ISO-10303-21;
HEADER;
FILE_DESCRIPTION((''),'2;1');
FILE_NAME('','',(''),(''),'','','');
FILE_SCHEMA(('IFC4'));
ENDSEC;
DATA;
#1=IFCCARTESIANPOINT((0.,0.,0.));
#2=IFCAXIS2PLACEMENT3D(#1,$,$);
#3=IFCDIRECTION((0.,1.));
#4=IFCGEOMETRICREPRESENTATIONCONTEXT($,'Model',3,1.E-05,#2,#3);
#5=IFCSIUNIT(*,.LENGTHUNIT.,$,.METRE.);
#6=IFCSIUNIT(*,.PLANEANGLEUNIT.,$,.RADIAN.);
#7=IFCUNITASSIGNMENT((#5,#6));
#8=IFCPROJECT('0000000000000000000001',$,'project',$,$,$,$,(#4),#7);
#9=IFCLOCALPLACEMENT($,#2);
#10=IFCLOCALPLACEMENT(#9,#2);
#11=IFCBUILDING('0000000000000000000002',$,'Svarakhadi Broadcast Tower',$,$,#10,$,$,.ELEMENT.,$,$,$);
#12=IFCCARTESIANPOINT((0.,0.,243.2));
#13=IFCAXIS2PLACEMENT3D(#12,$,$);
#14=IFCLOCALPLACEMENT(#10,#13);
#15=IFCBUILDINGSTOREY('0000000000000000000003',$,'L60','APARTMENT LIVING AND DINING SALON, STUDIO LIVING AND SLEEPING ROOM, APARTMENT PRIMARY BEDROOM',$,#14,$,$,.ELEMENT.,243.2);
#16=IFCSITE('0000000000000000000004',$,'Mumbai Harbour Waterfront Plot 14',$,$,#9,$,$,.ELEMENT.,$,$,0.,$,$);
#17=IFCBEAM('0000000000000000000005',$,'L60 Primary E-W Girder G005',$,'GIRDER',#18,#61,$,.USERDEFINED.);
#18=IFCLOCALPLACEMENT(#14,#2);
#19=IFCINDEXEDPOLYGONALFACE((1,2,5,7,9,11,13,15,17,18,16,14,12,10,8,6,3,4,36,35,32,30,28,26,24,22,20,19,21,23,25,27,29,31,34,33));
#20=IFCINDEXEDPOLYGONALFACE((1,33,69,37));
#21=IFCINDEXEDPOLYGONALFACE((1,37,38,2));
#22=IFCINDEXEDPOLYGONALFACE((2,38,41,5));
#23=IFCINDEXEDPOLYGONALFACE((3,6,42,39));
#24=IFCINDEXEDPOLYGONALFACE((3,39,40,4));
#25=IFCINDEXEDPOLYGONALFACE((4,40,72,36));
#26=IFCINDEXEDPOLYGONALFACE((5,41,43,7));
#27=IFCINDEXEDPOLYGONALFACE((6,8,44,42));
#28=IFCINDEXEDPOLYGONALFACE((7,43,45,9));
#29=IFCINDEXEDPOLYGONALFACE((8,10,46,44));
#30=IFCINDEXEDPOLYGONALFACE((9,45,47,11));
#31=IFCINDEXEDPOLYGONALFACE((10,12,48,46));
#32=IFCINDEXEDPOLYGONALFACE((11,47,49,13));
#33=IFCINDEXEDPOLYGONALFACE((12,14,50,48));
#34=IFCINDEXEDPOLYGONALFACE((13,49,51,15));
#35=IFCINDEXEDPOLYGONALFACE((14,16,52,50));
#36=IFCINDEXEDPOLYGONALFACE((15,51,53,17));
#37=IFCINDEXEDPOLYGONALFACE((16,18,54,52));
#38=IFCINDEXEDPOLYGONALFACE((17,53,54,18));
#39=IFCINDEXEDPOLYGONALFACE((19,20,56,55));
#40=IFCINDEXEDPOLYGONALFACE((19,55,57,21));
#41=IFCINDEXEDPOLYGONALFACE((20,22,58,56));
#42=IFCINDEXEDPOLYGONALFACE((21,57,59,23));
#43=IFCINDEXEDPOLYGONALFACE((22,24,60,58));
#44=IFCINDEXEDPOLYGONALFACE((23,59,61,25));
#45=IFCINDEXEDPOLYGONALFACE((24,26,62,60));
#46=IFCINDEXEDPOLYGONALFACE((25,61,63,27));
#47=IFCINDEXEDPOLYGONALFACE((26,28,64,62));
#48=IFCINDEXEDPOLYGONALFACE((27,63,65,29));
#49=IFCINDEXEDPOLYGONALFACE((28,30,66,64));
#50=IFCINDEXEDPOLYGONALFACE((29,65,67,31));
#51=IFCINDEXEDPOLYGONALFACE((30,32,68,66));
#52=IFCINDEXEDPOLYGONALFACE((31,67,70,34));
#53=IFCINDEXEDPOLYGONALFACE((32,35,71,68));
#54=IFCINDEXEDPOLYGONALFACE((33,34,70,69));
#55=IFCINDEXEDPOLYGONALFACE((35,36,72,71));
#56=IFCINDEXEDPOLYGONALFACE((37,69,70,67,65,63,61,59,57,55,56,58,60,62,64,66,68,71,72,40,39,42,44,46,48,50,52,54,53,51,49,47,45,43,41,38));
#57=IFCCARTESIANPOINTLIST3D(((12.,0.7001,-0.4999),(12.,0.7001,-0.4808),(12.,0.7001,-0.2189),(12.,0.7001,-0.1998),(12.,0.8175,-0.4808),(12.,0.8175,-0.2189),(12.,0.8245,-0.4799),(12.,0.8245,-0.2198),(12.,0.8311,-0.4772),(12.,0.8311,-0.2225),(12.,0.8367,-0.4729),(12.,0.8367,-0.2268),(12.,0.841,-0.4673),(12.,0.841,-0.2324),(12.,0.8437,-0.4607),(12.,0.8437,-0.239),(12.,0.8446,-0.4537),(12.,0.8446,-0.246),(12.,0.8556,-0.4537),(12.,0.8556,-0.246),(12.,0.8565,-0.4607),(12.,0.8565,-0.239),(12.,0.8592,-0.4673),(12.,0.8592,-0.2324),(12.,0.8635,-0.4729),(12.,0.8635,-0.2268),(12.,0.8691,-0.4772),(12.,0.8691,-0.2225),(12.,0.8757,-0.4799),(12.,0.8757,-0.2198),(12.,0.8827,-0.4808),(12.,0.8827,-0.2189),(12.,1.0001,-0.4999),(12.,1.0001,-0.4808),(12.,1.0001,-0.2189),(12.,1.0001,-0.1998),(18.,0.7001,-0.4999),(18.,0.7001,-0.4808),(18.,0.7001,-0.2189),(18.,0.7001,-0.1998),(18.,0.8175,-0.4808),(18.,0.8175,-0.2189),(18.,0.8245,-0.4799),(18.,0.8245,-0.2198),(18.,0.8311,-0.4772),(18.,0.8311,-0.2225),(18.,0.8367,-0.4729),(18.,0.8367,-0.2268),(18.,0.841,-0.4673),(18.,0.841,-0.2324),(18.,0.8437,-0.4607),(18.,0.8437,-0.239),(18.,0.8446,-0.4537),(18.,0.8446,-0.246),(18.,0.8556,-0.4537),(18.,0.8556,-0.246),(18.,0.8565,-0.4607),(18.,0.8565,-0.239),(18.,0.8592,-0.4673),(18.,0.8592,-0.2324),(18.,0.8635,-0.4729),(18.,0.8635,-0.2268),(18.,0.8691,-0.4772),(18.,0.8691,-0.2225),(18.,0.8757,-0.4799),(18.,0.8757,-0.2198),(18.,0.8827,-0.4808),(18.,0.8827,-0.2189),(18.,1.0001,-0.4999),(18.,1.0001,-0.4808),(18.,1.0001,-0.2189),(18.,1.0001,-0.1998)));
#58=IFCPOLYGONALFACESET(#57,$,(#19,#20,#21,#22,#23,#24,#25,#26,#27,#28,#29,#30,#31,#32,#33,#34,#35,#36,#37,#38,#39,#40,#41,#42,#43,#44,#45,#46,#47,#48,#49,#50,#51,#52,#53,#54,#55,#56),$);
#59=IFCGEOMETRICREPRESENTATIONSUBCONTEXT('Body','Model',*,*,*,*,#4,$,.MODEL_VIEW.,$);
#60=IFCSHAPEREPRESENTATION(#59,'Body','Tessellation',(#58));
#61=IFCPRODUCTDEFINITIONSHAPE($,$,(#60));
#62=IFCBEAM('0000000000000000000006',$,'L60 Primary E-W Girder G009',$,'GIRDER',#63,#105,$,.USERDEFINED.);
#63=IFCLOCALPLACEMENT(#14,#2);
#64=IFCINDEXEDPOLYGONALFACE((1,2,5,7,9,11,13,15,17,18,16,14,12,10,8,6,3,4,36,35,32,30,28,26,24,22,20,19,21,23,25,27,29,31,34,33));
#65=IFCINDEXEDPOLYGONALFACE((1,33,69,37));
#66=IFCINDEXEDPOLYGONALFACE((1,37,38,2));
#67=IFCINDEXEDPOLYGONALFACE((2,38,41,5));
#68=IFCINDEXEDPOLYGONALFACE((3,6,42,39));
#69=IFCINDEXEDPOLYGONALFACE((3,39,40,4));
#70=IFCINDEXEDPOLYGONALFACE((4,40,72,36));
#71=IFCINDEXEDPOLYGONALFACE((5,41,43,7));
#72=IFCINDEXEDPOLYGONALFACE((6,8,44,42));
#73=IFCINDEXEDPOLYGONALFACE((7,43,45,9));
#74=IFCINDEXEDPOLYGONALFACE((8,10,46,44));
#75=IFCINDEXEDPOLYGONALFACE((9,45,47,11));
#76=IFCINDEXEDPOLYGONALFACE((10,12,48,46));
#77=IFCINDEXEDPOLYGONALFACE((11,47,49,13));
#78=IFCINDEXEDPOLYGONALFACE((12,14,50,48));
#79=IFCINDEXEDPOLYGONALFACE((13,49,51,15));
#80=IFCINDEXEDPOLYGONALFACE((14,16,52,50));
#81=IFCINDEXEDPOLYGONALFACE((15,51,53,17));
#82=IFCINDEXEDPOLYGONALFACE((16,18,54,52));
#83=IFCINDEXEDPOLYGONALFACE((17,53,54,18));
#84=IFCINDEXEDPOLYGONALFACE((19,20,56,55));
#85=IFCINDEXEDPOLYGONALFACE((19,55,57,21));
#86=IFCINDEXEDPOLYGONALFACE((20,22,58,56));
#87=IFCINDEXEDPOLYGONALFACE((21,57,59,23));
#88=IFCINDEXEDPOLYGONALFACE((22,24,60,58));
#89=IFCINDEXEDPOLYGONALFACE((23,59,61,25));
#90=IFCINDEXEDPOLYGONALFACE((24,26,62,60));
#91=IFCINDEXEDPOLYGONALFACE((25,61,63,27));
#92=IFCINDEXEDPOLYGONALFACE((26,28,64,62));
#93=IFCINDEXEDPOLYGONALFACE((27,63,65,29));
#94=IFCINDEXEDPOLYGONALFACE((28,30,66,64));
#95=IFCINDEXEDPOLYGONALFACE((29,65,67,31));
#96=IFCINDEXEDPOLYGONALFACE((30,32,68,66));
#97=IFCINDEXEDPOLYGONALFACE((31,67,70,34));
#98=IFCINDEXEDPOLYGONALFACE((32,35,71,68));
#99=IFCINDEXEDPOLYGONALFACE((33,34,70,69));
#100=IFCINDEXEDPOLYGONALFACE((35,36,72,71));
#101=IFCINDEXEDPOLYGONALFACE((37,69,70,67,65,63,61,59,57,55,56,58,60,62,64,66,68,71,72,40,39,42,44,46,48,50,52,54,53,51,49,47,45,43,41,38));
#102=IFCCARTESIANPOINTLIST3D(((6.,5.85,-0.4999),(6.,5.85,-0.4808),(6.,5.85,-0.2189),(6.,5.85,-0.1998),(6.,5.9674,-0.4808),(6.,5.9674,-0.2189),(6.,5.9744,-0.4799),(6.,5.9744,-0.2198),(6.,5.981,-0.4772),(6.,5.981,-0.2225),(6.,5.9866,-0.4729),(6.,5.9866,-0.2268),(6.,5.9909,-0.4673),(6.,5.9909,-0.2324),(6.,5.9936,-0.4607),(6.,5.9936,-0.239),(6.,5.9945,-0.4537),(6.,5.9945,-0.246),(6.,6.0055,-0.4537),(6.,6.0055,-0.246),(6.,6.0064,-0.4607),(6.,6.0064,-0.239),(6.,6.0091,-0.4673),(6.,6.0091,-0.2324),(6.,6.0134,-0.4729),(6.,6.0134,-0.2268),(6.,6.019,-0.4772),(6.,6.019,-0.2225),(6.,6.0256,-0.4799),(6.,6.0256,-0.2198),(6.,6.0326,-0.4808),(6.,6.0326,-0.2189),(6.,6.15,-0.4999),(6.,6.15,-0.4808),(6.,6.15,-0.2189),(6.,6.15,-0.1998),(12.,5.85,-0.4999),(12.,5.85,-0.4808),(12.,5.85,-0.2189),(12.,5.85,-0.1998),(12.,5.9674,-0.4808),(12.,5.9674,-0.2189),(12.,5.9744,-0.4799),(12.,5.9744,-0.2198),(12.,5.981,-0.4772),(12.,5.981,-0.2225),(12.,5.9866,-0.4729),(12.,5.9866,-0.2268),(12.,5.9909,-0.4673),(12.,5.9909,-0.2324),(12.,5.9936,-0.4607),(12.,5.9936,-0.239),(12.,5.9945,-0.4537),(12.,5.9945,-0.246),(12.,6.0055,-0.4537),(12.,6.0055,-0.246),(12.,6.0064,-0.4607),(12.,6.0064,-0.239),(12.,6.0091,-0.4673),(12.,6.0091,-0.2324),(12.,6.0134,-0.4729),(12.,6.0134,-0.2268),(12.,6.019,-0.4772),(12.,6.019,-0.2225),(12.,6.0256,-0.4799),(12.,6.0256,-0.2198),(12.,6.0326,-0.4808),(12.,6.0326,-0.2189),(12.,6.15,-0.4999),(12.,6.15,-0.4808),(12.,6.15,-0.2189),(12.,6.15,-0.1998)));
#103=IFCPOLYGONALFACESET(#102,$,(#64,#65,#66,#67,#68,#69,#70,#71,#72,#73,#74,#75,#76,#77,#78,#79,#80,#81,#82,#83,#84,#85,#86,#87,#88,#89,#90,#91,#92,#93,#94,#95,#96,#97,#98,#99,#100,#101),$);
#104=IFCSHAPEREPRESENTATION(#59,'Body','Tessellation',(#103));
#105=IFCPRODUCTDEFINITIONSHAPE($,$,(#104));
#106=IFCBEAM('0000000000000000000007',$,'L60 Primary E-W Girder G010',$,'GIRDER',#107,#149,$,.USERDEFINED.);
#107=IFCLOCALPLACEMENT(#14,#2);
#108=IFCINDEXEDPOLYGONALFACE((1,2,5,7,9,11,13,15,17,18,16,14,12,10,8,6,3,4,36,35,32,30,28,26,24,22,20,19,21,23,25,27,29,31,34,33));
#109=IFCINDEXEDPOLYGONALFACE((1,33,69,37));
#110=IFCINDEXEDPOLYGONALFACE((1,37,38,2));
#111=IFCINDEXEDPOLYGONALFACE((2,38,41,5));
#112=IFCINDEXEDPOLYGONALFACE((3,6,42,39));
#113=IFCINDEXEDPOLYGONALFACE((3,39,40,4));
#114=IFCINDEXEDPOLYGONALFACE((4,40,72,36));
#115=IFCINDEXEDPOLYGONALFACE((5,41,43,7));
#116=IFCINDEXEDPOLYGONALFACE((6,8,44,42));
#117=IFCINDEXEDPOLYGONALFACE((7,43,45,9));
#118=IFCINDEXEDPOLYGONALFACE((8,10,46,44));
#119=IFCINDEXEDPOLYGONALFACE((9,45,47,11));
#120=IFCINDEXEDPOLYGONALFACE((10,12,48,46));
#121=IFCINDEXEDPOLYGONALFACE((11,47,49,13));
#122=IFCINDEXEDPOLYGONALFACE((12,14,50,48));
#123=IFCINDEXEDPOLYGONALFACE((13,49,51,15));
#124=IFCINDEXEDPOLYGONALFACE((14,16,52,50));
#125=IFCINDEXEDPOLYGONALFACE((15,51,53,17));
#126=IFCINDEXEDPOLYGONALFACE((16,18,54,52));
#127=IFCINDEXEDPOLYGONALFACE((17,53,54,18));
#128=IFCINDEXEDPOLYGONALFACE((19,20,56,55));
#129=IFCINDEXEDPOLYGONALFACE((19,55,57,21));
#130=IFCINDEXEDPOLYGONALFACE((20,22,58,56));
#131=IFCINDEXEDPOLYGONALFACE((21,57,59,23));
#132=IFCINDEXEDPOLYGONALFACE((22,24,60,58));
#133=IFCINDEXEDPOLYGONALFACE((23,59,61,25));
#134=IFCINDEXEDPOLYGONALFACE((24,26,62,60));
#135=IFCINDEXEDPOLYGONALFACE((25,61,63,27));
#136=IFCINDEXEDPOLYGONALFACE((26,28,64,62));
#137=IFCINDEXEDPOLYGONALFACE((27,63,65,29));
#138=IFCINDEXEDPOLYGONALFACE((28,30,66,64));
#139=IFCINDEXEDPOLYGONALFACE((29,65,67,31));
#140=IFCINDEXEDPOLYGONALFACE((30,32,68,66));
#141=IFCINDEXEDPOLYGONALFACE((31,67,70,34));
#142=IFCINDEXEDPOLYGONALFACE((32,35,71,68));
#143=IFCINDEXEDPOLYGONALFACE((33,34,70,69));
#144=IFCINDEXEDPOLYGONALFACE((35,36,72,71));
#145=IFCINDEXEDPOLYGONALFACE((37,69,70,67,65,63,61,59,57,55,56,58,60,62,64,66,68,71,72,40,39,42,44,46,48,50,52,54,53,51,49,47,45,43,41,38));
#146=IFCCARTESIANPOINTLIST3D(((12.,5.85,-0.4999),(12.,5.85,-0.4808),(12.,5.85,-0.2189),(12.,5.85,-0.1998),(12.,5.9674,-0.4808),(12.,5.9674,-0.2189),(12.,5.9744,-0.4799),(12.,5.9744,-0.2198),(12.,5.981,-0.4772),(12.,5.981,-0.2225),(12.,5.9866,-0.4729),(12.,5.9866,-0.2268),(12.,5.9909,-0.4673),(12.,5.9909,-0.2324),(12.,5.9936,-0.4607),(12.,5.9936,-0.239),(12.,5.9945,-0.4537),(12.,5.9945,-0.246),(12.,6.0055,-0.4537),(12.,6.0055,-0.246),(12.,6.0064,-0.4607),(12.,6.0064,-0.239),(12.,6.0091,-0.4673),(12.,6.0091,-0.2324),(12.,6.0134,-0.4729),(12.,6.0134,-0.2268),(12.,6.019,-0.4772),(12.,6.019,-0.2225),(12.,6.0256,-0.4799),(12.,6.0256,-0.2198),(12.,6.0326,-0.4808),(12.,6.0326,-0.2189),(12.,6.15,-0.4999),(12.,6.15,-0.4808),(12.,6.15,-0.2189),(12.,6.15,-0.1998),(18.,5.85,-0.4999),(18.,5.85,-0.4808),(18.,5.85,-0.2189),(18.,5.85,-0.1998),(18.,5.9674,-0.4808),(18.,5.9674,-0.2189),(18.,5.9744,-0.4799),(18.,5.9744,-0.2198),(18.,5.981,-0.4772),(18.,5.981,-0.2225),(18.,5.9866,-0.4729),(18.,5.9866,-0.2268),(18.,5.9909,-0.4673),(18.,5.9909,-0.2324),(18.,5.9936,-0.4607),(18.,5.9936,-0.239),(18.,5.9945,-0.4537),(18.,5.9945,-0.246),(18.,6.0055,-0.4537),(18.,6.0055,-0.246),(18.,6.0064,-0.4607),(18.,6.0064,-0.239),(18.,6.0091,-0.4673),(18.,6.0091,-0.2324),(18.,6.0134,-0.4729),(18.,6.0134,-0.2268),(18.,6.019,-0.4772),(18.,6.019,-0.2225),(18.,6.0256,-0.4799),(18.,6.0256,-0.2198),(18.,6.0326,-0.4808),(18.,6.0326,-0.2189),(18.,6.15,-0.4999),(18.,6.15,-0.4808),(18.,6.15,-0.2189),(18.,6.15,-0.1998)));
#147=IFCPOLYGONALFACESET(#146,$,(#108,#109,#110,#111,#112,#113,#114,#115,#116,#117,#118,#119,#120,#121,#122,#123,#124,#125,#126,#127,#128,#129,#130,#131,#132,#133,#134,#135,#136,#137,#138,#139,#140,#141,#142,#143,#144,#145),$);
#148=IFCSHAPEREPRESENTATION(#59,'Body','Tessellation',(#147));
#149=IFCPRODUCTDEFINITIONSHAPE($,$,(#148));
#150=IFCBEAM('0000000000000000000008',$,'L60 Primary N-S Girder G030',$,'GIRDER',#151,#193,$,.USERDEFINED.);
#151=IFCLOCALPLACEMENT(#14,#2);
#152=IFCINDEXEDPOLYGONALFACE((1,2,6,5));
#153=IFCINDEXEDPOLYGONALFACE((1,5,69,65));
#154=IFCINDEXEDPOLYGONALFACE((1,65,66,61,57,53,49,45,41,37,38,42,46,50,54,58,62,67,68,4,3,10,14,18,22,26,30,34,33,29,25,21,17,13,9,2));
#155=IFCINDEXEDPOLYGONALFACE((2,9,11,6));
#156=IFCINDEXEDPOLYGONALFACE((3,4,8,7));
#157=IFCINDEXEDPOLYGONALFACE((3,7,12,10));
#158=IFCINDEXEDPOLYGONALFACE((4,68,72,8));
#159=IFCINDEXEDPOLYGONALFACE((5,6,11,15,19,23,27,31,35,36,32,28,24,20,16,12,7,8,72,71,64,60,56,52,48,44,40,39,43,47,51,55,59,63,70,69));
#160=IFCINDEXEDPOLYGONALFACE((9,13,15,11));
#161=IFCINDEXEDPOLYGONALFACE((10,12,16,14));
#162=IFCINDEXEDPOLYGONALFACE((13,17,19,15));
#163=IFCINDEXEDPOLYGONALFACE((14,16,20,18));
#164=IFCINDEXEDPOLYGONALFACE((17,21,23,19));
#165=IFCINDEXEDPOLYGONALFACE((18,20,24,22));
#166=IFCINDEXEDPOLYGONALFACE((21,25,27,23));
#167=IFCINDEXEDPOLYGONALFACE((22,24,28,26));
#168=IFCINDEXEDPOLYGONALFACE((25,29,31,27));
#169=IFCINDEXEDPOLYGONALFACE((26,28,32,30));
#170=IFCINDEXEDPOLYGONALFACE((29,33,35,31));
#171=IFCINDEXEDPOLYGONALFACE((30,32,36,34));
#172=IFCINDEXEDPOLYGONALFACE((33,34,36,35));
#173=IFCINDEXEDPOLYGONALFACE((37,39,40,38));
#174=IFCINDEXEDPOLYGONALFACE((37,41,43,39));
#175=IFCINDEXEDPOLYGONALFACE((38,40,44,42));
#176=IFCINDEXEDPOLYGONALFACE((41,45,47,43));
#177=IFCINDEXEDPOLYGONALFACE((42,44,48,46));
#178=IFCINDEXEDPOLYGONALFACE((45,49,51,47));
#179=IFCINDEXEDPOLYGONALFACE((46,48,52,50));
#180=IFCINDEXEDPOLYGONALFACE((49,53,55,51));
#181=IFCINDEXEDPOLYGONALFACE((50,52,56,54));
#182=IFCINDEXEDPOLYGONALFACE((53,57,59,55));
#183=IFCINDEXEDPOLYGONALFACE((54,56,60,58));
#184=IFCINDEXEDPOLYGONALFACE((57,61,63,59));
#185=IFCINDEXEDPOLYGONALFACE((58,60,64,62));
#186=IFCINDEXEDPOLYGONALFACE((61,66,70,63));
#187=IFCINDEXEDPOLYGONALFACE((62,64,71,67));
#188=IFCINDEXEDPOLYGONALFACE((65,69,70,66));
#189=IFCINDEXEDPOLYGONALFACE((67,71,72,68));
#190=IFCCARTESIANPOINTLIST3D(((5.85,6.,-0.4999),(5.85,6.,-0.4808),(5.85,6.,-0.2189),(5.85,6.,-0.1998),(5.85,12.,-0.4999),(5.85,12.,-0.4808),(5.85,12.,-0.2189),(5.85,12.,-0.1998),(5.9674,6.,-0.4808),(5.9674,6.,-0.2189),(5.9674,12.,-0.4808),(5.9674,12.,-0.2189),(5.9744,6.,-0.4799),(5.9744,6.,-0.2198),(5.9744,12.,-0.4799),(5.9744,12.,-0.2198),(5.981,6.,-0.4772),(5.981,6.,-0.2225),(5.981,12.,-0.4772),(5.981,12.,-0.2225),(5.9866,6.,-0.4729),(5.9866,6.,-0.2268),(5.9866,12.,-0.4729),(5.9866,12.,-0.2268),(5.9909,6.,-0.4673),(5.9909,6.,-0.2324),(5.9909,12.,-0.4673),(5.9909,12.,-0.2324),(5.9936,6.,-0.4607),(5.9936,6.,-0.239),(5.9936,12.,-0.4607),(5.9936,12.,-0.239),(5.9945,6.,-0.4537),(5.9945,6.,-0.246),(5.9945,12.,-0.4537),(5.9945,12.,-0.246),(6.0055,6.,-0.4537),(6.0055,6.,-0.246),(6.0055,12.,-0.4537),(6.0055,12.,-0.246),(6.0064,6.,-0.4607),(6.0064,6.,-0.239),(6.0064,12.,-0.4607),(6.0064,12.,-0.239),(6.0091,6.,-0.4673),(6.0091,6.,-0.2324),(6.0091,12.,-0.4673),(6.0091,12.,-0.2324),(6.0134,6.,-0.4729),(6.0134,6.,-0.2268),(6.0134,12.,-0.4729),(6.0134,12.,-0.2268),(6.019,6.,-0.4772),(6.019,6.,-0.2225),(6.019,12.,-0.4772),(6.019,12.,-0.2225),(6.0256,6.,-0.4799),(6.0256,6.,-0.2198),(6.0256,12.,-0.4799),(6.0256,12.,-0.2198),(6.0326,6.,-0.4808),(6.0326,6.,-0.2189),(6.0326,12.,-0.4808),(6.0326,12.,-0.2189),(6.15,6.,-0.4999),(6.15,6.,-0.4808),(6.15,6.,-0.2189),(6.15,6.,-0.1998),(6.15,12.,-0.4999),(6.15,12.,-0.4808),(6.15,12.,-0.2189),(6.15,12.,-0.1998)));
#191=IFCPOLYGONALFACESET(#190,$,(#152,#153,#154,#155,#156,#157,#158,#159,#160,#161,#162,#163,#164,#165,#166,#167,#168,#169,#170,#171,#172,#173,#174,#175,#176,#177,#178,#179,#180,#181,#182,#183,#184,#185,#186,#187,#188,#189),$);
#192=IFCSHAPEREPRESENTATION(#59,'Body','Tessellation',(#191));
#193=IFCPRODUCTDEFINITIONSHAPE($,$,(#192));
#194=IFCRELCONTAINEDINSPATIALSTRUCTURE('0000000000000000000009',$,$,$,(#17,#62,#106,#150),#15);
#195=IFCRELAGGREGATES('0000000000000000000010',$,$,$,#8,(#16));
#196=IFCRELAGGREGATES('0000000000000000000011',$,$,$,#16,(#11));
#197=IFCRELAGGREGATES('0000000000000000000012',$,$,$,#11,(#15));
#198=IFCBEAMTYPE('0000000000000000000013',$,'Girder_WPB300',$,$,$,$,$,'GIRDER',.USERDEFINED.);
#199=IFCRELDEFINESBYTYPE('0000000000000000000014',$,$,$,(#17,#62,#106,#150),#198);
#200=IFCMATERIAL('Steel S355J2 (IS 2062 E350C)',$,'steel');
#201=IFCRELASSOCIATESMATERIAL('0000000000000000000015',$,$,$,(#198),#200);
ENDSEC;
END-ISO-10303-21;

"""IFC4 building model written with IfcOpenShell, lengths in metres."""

from ifc_helpers import new_model, si_unit, direction, frame, origin, origin_2d, place, context, subcontext, project, spatial, i_section, extrude, material, material_profile, profile_set, type_object, element, save


model = new_model("IFC4")

# Units and contexts
model_context = context("Model", 3, precision=1e-05, world=origin(), true_north=direction((0.0, 1.0)))
body_context = subcontext(model_context, "Body", "Model", "MODEL_VIEW")
ifc_project = project(units=[si_unit("LENGTHUNIT", "METRE"), si_unit("PLANEANGLEUNIT", "RADIAN")], contexts=[model_context])

# Site, building, storey
site_placement = place(None, origin())
site = spatial("IfcSite", under=ifc_project, at=site_placement, Name="Mumbai Harbour Waterfront Plot 14", CompositionType="ELEMENT", RefElevation=0.0)
building_placement = place(site_placement, origin())
building = spatial("IfcBuilding", under=site, at=building_placement, Name="Svarakhadi Broadcast Tower", CompositionType="ELEMENT")
storey_placement = place(building_placement, frame((0.0, 0.0, 243.2)))
storey = spatial("IfcBuildingStorey", under=building, at=storey_placement, Name="L60", Description="APARTMENT LIVING AND DINING SALON, STUDIO LIVING AND SLEEPING ROOM, APARTMENT PRIMARY BEDROOM", CompositionType="ELEMENT", Elevation=243.2)

# Beams
ifc_material_1 = material(Name="Steel S355J2 (IS 2062 E350C)", Category="steel")
ifc_material_profile_1 = material_profile(ifc_material_1, i_section(OverallWidth=0.3, OverallDepth=0.3, WebThickness=0.011, FlangeThickness=0.019, FilletRadius=0.0271, at=origin_2d()), Name="WPB 300x300x117")
ifc_profile_set_1 = profile_set([ifc_material_profile_1], Name="Steel S355J2 (IS 2062 E350C)")
beam_type_1 = type_object("IfcBeamType", Name="Girder_WPB300", ElementType="GIRDER", PredefinedType="USERDEFINED", material=ifc_profile_set_1)
for number, where, z_axis, x_axis, name in (
    (1, (12.0, 0.8501, -0.3499), (1.0, 0.0, 0.0), (0.0, 1.0, 0.0), "L60 Primary E-W Girder G005"),
    (2, (6.0, 6.0, -0.3499), (1.0, 0.0, 0.0), (0.0, 1.0, 0.0), "L60 Primary E-W Girder G009"),
    (3, (12.0, 6.0, -0.3499), (1.0, 0.0, 0.0), (0.0, 1.0, 0.0), "L60 Primary E-W Girder G010"),
    (4, (6.0, 6.0, -0.3499), (0.0, 1.0, 0.0), (-1.0, 0.0, 0.0), "L60 Primary N-S Girder G030"),
):
    element("IfcBeam", number, at=place(storey_placement, frame(where, z_axis=z_axis, x_axis=x_axis)), inside=storey, type_object=beam_type_1, Name=name, ObjectType="GIRDER", PredefinedType="USERDEFINED", context=body_context, shape_type="SweptSolid", body=[
        extrude(i_section(OverallWidth=0.3, OverallDepth=0.3, WebThickness=0.011, FlangeThickness=0.019, FilletRadius=0.0271, at=origin_2d()), origin(), (0.0, 0.0, 1.0), 6.0),
    ])

save(model, "model.ifc")
